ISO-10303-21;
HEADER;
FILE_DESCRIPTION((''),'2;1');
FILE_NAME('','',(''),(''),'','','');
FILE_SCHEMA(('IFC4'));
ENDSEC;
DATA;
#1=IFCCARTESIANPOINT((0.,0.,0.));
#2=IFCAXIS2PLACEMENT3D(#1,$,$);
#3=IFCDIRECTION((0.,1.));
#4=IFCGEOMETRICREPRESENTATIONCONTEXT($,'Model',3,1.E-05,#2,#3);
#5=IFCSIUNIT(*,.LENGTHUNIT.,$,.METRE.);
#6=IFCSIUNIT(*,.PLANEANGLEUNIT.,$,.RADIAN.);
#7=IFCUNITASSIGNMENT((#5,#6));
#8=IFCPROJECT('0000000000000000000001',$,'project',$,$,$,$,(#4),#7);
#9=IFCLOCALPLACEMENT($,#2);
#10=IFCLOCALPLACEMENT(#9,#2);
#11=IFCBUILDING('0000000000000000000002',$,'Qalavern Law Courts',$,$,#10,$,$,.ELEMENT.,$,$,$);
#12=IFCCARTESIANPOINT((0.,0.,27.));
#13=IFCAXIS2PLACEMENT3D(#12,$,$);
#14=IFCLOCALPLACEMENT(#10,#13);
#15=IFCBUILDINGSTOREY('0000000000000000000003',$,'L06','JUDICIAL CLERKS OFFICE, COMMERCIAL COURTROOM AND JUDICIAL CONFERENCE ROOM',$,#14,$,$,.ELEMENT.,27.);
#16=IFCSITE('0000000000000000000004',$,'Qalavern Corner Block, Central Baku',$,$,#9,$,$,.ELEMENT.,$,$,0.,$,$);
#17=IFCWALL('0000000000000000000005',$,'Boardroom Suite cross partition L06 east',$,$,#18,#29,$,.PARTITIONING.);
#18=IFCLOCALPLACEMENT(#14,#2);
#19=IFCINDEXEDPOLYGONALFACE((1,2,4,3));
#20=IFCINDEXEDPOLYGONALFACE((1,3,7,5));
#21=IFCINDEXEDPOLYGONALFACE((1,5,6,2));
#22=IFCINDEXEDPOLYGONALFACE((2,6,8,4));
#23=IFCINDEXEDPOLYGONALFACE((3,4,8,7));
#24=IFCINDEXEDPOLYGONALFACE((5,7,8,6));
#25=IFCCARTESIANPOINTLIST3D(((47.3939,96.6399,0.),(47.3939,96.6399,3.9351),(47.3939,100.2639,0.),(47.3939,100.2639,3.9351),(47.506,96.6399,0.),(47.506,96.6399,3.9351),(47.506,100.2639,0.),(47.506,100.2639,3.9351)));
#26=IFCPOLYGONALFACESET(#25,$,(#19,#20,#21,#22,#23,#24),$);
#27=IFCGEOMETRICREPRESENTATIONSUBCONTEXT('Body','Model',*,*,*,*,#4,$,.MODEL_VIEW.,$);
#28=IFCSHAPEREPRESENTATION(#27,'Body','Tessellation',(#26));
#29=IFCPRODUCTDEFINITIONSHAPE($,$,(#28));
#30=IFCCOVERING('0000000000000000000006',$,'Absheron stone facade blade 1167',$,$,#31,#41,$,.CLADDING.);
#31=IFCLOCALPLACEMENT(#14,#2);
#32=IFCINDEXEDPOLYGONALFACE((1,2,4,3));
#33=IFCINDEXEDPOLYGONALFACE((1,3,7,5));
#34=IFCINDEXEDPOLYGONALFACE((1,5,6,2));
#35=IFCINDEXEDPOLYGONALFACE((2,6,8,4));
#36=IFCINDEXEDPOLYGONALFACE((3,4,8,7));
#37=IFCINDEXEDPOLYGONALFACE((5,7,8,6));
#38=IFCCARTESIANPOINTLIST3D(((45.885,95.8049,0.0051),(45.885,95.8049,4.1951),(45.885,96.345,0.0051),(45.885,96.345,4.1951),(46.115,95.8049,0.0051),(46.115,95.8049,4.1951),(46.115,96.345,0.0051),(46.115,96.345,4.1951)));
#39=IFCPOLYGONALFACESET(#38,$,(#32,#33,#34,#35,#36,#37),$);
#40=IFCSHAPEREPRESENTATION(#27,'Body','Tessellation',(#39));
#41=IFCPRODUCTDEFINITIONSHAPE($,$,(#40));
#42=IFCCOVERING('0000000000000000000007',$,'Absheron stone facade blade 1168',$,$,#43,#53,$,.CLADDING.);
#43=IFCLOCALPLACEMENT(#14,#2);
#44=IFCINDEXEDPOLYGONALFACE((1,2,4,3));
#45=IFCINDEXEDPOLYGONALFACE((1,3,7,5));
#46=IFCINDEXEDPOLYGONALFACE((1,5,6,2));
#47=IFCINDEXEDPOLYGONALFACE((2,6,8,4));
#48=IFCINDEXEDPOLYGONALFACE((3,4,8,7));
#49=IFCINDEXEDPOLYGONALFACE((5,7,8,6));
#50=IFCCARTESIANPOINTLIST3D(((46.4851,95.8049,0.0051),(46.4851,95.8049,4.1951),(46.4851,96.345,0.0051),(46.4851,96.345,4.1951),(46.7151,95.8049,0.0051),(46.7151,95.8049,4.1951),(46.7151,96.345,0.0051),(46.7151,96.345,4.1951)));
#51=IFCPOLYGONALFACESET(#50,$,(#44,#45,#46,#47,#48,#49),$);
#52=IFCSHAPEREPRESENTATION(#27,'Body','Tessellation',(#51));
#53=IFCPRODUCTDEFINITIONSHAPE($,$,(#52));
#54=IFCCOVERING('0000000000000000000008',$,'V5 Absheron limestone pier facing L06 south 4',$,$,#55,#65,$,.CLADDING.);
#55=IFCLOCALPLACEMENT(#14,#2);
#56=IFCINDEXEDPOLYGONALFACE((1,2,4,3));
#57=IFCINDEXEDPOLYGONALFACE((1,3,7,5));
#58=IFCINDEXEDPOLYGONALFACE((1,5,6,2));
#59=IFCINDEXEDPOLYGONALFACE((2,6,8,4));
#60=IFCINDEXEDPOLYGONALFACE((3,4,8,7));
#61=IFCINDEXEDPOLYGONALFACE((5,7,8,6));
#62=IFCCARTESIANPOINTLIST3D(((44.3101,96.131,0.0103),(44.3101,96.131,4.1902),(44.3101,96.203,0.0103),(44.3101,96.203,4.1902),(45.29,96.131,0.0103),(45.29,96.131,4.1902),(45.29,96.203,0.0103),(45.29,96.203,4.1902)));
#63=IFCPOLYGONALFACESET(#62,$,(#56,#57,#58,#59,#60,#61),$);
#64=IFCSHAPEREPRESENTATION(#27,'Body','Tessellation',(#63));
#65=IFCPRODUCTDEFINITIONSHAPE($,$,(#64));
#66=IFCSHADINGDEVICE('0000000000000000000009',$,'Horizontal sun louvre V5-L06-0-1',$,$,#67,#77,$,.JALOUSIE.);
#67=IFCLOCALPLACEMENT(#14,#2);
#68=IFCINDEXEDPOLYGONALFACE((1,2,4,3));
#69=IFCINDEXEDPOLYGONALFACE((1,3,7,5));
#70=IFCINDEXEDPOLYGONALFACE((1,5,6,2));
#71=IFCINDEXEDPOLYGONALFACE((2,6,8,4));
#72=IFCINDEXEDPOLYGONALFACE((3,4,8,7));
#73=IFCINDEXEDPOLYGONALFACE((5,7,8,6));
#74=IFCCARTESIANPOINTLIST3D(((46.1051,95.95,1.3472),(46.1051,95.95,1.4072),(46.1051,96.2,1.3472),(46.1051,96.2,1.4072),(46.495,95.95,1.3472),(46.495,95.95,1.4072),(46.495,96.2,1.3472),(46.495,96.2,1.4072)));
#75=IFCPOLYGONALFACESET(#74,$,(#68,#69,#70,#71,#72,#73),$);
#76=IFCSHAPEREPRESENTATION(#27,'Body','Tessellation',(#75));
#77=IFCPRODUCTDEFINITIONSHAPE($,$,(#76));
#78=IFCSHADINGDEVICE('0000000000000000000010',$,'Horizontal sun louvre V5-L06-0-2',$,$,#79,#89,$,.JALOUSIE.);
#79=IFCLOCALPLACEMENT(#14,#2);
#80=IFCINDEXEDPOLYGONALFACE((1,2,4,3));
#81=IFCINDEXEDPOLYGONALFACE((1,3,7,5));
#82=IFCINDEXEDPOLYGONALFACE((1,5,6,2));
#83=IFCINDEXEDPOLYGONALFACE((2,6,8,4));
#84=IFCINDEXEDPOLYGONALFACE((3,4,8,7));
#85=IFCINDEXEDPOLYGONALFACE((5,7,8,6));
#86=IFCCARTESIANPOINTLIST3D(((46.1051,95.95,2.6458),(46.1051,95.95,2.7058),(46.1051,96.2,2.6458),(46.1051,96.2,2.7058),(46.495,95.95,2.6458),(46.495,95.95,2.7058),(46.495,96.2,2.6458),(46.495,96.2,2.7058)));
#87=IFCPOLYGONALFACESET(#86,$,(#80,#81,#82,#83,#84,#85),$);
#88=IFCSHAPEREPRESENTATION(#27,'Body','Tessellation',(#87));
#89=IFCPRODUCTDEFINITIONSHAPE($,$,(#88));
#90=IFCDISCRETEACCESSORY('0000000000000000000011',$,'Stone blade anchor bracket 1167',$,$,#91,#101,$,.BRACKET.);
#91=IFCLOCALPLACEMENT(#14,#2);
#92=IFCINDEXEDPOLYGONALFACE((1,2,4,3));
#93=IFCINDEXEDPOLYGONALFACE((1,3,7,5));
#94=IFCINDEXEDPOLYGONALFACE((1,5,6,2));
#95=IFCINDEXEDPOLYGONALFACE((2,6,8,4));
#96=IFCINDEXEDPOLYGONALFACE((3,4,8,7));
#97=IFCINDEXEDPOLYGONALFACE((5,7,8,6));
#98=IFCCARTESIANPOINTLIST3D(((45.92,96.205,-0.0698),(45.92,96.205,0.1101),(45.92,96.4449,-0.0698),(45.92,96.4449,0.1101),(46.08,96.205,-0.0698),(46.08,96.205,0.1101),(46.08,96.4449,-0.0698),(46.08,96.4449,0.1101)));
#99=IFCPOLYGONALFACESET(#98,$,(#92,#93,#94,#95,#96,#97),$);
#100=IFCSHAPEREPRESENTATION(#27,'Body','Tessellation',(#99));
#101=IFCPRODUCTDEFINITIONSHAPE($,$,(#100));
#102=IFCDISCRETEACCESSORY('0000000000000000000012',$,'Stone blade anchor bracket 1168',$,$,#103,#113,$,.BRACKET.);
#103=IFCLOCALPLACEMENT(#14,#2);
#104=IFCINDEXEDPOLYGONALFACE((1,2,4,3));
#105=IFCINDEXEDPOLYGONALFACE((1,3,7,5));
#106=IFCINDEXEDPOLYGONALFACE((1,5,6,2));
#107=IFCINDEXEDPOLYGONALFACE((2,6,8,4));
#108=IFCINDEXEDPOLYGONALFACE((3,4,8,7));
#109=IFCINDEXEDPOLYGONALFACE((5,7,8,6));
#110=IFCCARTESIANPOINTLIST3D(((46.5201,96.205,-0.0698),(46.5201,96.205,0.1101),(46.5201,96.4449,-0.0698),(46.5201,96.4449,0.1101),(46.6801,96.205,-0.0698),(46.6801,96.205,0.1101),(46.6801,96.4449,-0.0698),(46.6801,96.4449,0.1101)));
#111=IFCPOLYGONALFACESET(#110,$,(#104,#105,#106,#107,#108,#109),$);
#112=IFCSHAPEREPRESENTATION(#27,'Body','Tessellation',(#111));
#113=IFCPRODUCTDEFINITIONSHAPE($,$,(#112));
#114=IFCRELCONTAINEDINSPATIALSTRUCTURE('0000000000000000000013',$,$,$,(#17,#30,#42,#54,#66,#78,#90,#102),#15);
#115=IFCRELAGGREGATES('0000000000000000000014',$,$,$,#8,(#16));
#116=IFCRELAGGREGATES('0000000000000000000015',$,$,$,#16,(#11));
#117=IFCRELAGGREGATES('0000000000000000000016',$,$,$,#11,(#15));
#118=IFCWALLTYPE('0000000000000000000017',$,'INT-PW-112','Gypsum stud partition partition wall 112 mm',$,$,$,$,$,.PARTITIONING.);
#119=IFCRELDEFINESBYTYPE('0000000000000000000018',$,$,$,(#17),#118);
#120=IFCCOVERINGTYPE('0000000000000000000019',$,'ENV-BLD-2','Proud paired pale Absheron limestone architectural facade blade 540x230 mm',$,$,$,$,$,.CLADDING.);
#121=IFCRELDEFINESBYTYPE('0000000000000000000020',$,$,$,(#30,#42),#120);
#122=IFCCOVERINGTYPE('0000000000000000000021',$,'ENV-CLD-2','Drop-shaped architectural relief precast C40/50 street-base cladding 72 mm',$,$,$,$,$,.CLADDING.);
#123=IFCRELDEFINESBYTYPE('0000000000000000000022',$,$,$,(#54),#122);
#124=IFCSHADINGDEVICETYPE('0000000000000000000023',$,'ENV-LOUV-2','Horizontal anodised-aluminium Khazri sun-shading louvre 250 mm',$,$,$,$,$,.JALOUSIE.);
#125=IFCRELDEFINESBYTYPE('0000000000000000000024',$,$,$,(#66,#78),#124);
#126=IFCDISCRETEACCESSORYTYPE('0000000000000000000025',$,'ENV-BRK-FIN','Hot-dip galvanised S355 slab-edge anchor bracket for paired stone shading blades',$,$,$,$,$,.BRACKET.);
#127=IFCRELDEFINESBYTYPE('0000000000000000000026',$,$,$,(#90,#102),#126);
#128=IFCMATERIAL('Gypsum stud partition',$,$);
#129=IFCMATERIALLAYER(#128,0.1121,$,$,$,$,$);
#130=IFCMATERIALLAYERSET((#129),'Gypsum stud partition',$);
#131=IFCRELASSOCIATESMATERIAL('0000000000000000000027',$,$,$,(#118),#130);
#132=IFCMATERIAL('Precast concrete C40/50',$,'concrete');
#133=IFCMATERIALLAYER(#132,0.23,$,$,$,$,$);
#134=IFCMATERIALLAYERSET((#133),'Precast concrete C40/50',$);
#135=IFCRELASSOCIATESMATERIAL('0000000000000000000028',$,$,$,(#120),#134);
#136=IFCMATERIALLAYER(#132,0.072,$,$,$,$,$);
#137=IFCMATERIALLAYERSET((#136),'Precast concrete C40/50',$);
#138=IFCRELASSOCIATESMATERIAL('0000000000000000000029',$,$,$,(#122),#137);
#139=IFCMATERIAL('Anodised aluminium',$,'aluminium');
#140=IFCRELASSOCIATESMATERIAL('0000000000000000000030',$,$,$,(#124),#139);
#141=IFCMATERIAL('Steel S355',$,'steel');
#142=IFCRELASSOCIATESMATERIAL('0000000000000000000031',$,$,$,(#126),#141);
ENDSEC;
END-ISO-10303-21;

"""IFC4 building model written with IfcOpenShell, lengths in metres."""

from ifc_helpers import new_model, si_unit, direction, frame, frame_2d, origin, origin_2d, place, context, subcontext, project, spatial, rectangle, extrude, material, layer, layer_set, type_object, element, save


model = new_model("IFC4")

# Units and contexts
model_context = context("Model", 3, precision=1e-05, world=origin(), true_north=direction((0.0, 1.0)))
body_context = subcontext(model_context, "Body", "Model", "MODEL_VIEW")
ifc_project = project(units=[si_unit("LENGTHUNIT", "METRE"), si_unit("PLANEANGLEUNIT", "RADIAN")], contexts=[model_context])

# Site, building, storey
site_placement = place(None, origin())
site = spatial("IfcSite", under=ifc_project, at=site_placement, Name="Qalavern Corner Block, Central Baku", CompositionType="ELEMENT", RefElevation=0.0)
building_placement = place(site_placement, origin())
building = spatial("IfcBuilding", under=site, at=building_placement, Name="Qalavern Law Courts", CompositionType="ELEMENT")
storey_placement = place(building_placement, frame((0.0, 0.0, 27.0)))
storey = spatial("IfcBuildingStorey", under=building, at=storey_placement, Name="L06", Description="JUDICIAL CLERKS OFFICE, COMMERCIAL COURTROOM AND JUDICIAL CONFERENCE ROOM", CompositionType="ELEMENT", Elevation=27.0)

# Shared definitions
ifc_material_1 = material(Name="Anodised aluminium", Category="aluminium")

# Shared definitions
ifc_material_2 = material(Name="Steel S355", Category="steel")

# Wall
ifc_material_3 = material(Name="Gypsum stud partition")
ifc_layer_1 = layer(ifc_material_3, 0.1121)
ifc_layer_set_1 = layer_set([ifc_layer_1], Name="Gypsum stud partition")
wall_type_1 = type_object("IfcWallType", Name="INT-PW-112", Description="Gypsum stud partition partition wall 112 mm", PredefinedType="PARTITIONING", material=ifc_layer_set_1)
wall_1_placement = place(storey_placement, frame((47.45, 96.6399, 0.0), z_axis=(0.0, 0.0, 1.0), x_axis=(0.0, 1.0, 0.0)))
element("IfcWall", 1, at=wall_1_placement, inside=storey, type_object=wall_type_1, Name="Boardroom Suite cross partition L06 east", PredefinedType="PARTITIONING", context=body_context, shape_type="SweptSolid", body=[
    extrude(rectangle(XDim=3.624, YDim=0.1121, at=frame_2d((1.812, 0.0))), origin(), (0.0, 0.0, 1.0), 3.9351),
])

# Coverings
ifc_material_4 = material(Name="Precast concrete C40/50", Category="concrete")
ifc_layer_2 = layer(ifc_material_4, 0.23)
ifc_layer_set_2 = layer_set([ifc_layer_2], Name="Precast concrete C40/50")
covering_type_1 = type_object("IfcCoveringType", Name="ENV-BLD-2", Description="Proud paired pale Absheron limestone architectural facade blade 540x230 mm", PredefinedType="CLADDING", material=ifc_layer_set_2)
for number, where, z_axis, x_axis, name in (
    (2, (46.0, 96.075, 0.0051), (0.0, 0.0, 1.0), (0.0, -1.0, 0.0), "Absheron stone facade blade 1167"),
    (3, (46.6001, 96.075, 0.0051), (0.0, 0.0, 1.0), (0.0, -1.0, 0.0), "Absheron stone facade blade 1168"),
):
    element("IfcCovering", number, at=place(storey_placement, frame(where, z_axis=z_axis, x_axis=x_axis)), inside=storey, type_object=covering_type_1, Name=name, PredefinedType="CLADDING", context=body_context, shape_type="SweptSolid", body=[
        extrude(rectangle(XDim=0.54, YDim=0.23, at=origin_2d()), origin(), (0.0, 0.0, 1.0), 4.1899),
    ])
ifc_layer_3 = layer(ifc_material_4, 0.072)
ifc_layer_set_3 = layer_set([ifc_layer_3], Name="Precast concrete C40/50")
covering_type_2 = type_object("IfcCoveringType", Name="ENV-CLD-2", Description="Drop-shaped architectural relief precast C40/50 street-base cladding 72 mm", PredefinedType="CLADDING", material=ifc_layer_set_3)
covering_placement = place(storey_placement, frame((44.8, 96.167, 0.0103), z_axis=(0.0, 0.0, 1.0), x_axis=(1.0, 0.0, 0.0)))
element("IfcCovering", 4, at=covering_placement, inside=storey, type_object=covering_type_2, Name="V5 Absheron limestone pier facing L06 south 4", PredefinedType="CLADDING", context=body_context, shape_type="SweptSolid", body=[
    extrude(rectangle(XDim=0.98, YDim=0.072, at=origin_2d()), origin(), (0.0, 0.0, 1.0), 4.1799),
])

# Shading devices
shading_device_type = type_object("IfcShadingDeviceType", Name="ENV-LOUV-2", Description="Horizontal anodised-aluminium Khazri sun-shading louvre 250 mm", PredefinedType="JALOUSIE", material=ifc_material_1)
for number, where, z_axis, x_axis, name in (
    (5, (46.3, 96.075, 1.3472), (0.0, 0.0, 1.0), (1.0, 0.0, 0.0), "Horizontal sun louvre V5-L06-0-1"),
    (6, (46.3, 96.075, 2.6458), (0.0, 0.0, 1.0), (1.0, 0.0, 0.0), "Horizontal sun louvre V5-L06-0-2"),
):
    element("IfcShadingDevice", number, at=place(storey_placement, frame(where, z_axis=z_axis, x_axis=x_axis)), inside=storey, type_object=shading_device_type, Name=name, PredefinedType="JALOUSIE", context=body_context, shape_type="SweptSolid", body=[
        extrude(rectangle(XDim=0.3899, YDim=0.25, at=origin_2d()), origin(), (0.0, 0.0, 1.0), 0.0601),
    ])

# Discrete accessories
discrete_accessory_type = type_object("IfcDiscreteAccessoryType", Name="ENV-BRK-FIN", Description="Hot-dip galvanised S355 slab-edge anchor bracket for paired stone shading blades", PredefinedType="BRACKET", material=ifc_material_2)
for number, where, z_axis, x_axis, name in (
    (7, (46.0, 96.325, -0.0698), (0.0, 0.0, 1.0), (0.0, -1.0, 0.0), "Stone blade anchor bracket 1167"),
    (8, (46.6001, 96.325, -0.0698), (0.0, 0.0, 1.0), (0.0, -1.0, 0.0), "Stone blade anchor bracket 1168"),
):
    element("IfcDiscreteAccessory", number, at=place(storey_placement, frame(where, z_axis=z_axis, x_axis=x_axis)), inside=storey, type_object=discrete_accessory_type, Name=name, PredefinedType="BRACKET", context=body_context, shape_type="SweptSolid", body=[
        extrude(rectangle(XDim=0.24, YDim=0.1599, at=origin_2d()), origin(), (0.0, 0.0, 1.0), 0.1799),
    ])

save(model, "model.ifc")
